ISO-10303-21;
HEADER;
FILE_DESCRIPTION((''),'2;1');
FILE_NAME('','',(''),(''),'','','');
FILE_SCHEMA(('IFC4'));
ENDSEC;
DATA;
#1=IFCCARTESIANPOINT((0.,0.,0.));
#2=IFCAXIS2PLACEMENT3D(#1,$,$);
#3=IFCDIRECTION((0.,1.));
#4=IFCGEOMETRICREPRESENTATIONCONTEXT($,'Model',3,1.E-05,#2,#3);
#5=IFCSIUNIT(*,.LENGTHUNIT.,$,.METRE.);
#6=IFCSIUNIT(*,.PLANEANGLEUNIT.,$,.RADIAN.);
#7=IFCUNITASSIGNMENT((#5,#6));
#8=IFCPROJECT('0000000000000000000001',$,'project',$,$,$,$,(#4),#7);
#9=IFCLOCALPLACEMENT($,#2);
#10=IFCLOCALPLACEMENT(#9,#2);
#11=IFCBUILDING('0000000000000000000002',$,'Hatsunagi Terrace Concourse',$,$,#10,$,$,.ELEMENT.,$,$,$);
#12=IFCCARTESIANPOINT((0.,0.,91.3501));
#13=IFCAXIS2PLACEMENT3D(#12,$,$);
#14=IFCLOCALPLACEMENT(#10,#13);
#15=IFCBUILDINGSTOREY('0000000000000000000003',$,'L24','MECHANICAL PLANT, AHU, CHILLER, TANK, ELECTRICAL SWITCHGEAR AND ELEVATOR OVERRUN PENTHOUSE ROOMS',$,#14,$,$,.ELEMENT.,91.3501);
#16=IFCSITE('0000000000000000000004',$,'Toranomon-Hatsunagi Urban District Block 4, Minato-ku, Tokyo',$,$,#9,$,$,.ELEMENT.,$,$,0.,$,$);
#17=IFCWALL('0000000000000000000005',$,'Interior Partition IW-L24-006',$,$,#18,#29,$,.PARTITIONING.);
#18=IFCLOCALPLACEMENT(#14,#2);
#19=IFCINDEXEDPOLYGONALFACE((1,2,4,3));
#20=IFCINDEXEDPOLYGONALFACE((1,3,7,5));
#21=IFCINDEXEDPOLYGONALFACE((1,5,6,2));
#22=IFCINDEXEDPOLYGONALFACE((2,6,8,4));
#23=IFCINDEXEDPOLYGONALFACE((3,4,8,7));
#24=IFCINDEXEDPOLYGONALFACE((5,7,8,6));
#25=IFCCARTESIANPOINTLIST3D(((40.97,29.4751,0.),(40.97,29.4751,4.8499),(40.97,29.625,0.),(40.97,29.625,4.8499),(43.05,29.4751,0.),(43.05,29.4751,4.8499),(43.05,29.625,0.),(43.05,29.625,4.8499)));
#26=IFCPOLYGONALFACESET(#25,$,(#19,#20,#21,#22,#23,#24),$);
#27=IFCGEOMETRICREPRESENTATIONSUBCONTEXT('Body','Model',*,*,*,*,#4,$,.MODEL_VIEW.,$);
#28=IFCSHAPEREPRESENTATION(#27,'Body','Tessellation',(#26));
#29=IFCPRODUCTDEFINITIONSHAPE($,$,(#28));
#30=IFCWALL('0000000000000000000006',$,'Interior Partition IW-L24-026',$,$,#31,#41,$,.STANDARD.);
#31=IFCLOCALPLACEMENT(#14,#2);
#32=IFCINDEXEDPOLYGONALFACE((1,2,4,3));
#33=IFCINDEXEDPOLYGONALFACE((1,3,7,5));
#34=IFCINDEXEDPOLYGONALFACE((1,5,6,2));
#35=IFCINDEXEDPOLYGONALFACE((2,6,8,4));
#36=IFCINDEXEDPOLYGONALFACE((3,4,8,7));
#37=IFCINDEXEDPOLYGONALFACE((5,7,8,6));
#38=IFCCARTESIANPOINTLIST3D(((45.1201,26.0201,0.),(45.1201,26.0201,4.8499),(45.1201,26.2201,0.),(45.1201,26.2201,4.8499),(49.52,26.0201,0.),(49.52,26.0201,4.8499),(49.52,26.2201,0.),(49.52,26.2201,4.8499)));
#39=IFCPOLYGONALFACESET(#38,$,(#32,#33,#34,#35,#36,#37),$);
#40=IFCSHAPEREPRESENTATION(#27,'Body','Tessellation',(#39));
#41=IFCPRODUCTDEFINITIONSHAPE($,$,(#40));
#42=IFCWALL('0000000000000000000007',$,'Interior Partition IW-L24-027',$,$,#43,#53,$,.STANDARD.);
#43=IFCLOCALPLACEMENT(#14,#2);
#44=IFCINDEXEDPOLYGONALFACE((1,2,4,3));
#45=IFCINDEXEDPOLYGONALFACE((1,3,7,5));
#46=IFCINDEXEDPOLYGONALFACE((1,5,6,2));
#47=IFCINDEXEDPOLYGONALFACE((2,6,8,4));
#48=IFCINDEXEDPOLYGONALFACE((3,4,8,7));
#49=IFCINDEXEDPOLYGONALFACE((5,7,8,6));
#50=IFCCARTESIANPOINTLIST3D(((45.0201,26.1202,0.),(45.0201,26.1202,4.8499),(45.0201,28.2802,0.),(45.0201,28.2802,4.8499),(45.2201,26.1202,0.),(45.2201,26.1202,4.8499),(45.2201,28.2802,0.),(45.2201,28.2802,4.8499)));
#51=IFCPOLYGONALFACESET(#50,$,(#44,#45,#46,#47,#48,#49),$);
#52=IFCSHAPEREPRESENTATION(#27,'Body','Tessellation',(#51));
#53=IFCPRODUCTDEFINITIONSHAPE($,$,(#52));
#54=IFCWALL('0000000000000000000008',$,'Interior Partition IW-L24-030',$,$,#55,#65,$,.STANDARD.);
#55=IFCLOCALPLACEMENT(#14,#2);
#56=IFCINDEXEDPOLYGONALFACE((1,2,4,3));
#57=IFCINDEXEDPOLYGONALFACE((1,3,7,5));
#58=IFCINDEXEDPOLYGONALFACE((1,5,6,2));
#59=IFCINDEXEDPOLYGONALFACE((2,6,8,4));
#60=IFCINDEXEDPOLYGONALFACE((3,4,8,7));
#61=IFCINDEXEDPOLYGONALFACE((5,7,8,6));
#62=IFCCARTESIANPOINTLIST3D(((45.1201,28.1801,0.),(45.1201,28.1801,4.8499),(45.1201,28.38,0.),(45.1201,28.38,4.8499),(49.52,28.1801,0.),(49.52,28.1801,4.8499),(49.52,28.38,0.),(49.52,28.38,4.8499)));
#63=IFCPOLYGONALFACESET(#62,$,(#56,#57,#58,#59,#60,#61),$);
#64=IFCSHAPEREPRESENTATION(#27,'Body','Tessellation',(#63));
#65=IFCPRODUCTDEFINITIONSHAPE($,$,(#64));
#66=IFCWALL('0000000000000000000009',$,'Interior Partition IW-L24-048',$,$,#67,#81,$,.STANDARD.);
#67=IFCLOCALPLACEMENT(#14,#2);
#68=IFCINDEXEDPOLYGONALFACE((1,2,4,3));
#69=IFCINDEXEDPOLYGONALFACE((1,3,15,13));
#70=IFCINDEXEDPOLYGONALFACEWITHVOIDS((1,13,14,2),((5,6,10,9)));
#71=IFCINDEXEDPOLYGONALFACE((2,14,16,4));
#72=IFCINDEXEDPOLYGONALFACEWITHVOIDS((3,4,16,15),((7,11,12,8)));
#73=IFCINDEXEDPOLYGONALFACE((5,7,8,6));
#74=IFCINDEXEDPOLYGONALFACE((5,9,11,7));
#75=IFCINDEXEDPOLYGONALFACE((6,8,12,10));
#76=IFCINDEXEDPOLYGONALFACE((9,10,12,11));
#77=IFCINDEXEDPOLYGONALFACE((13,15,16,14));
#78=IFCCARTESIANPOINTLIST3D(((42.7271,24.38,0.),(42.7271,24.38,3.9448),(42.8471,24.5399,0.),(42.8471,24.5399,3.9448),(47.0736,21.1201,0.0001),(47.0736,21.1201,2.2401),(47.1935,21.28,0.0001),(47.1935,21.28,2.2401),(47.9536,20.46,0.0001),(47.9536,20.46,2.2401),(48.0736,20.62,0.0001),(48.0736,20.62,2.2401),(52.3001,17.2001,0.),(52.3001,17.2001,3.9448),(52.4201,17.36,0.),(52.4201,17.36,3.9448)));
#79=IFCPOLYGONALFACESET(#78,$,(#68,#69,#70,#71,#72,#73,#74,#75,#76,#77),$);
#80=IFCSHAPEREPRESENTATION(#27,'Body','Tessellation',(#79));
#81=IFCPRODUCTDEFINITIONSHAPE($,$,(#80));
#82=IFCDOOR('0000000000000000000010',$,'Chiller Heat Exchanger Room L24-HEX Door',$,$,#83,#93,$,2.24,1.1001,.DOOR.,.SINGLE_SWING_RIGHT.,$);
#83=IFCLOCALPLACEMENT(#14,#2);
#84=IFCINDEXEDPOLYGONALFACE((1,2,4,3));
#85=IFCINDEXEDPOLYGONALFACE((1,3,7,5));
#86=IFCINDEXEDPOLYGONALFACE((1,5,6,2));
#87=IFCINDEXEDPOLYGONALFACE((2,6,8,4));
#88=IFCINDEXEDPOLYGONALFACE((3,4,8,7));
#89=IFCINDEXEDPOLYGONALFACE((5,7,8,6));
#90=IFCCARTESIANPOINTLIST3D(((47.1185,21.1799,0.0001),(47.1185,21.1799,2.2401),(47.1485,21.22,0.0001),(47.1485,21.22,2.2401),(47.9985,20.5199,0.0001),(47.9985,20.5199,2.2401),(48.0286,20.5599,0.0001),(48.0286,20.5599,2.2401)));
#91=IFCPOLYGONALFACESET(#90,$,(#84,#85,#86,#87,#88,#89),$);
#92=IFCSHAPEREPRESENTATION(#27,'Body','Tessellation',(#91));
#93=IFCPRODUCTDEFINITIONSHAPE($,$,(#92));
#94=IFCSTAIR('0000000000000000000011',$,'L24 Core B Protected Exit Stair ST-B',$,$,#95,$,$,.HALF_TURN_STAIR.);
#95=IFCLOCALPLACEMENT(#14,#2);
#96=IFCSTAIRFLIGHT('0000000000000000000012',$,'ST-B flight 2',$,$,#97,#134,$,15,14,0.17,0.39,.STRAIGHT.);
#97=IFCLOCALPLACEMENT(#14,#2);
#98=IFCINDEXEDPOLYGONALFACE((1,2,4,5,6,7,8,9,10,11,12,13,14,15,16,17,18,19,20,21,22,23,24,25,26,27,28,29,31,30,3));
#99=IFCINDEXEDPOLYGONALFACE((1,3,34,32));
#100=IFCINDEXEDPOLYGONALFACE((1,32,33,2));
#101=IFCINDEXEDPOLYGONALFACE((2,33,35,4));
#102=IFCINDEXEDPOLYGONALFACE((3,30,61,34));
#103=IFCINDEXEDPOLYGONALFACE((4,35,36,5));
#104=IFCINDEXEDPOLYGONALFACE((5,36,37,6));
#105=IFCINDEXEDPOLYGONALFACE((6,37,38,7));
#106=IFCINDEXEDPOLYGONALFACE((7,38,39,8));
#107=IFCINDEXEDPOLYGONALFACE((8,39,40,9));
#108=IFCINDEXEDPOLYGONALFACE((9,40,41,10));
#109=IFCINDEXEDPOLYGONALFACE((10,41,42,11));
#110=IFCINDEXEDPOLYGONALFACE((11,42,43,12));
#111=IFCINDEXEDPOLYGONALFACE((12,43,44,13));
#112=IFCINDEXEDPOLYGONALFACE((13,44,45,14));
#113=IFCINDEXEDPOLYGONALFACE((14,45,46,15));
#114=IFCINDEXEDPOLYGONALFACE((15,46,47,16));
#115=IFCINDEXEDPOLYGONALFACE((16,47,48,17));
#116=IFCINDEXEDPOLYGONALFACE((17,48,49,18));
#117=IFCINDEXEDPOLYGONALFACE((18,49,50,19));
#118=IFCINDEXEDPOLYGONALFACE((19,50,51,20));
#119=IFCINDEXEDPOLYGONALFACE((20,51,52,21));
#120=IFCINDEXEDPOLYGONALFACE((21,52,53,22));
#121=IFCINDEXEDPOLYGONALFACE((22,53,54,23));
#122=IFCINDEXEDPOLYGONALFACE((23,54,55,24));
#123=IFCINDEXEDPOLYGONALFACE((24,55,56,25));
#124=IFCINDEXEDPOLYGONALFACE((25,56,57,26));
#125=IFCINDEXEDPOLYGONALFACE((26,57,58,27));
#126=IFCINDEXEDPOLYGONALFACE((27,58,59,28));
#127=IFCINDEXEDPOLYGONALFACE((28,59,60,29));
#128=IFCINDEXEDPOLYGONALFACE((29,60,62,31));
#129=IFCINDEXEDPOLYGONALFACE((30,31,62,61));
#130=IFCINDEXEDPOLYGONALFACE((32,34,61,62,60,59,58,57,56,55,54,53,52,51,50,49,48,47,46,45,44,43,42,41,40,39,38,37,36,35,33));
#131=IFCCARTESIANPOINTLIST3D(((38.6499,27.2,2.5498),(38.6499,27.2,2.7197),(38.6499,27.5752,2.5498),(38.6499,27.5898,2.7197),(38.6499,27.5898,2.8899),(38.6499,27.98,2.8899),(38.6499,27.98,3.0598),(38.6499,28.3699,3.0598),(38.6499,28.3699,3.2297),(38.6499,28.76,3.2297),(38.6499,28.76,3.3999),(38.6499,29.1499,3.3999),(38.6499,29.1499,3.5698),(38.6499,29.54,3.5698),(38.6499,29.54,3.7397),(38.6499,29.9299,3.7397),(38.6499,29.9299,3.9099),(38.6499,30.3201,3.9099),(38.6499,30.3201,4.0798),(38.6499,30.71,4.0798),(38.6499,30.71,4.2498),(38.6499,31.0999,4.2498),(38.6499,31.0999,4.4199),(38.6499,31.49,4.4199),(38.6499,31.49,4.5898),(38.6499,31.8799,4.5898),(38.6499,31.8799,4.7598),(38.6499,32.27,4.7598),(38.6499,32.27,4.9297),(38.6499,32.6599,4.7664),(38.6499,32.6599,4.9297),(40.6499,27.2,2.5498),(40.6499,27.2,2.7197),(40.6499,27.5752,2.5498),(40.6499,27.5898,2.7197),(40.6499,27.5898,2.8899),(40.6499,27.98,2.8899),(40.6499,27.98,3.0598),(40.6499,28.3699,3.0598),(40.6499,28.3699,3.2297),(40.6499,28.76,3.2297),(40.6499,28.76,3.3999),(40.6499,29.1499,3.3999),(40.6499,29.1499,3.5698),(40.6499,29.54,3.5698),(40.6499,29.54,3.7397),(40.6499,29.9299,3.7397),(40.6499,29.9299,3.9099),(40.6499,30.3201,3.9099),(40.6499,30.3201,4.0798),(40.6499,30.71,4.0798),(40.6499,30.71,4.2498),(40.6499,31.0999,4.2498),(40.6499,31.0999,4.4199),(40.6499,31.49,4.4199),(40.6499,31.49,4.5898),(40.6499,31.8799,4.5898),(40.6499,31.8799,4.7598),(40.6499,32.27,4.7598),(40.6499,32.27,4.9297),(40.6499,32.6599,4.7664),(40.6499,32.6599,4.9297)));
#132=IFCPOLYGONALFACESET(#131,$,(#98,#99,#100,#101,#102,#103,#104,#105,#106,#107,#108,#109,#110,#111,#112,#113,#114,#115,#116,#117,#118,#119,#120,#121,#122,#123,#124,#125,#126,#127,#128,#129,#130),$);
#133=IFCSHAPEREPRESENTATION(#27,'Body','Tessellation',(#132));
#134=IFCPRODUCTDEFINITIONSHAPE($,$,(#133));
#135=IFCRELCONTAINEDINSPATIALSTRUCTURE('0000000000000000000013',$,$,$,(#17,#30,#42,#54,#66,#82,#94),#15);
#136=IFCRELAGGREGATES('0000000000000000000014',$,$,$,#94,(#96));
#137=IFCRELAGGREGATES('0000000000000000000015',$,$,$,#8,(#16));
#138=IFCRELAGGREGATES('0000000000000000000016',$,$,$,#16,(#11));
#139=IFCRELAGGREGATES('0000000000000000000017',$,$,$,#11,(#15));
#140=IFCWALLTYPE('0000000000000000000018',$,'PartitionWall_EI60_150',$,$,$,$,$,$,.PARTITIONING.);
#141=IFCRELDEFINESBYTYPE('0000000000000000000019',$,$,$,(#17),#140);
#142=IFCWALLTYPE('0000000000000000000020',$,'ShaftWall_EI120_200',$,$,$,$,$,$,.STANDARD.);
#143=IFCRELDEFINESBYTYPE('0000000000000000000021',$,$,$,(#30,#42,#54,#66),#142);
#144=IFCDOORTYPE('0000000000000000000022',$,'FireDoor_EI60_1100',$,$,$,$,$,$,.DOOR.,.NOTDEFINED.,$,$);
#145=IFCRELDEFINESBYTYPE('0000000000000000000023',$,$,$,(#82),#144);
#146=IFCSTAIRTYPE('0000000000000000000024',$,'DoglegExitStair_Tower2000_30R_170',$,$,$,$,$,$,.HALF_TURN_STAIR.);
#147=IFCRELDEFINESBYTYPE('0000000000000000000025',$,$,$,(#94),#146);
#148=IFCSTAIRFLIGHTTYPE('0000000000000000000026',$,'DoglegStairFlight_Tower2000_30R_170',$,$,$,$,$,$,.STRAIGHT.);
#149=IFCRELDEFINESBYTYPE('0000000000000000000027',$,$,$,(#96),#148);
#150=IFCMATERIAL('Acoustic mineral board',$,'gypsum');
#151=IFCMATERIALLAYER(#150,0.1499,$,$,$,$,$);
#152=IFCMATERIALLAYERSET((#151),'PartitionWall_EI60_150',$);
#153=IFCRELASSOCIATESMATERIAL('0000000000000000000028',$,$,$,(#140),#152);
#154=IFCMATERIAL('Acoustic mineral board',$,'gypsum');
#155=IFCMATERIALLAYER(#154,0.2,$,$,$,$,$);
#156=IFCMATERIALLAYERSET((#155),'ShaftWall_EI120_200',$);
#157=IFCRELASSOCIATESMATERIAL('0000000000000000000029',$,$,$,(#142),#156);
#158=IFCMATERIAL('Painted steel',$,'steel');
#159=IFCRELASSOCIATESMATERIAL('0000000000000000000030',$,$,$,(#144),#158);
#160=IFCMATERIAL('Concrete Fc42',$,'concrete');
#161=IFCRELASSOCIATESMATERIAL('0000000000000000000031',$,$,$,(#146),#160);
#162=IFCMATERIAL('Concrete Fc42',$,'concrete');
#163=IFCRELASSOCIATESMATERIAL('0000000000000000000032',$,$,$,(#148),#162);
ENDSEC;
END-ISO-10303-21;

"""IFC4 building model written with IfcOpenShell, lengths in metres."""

from ifc_helpers import new_model, si_unit, direction, frame, frame_2d, origin, place, context, subcontext, project, spatial, polyline, rectangle, outline, extrude, material, layer, layer_set, type_object, element, fill, aggregate, save


model = new_model("IFC4")

# Units and contexts
model_context = context("Model", 3, precision=1e-05, world=origin(), true_north=direction((0.0, 1.0)))
body_context = subcontext(model_context, "Body", "Model", "MODEL_VIEW")
ifc_project = project(units=[si_unit("LENGTHUNIT", "METRE"), si_unit("PLANEANGLEUNIT", "RADIAN")], contexts=[model_context])

# Site, building, storey
site_placement = place(None, origin())
site = spatial("IfcSite", under=ifc_project, at=site_placement, Name="Toranomon-Hatsunagi Urban District Block 4, Minato-ku, Tokyo", CompositionType="ELEMENT", RefElevation=0.0)
building_placement = place(site_placement, origin())
building = spatial("IfcBuilding", under=site, at=building_placement, Name="Hatsunagi Terrace Concourse", CompositionType="ELEMENT")
storey_placement = place(building_placement, frame((0.0, 0.0, 91.3501)))
storey = spatial("IfcBuildingStorey", under=building, at=storey_placement, Name="L24", Description="MECHANICAL PLANT, AHU, CHILLER, TANK, ELECTRICAL SWITCHGEAR AND ELEVATOR OVERRUN PENTHOUSE ROOMS", CompositionType="ELEMENT", Elevation=91.3501)

# Walls
ifc_material_1 = material(Name="Acoustic mineral board", Category="gypsum")
ifc_layer_1 = layer(ifc_material_1, 0.1499)
ifc_layer_set_1 = layer_set([ifc_layer_1], Name="PartitionWall_EI60_150")
wall_type_1 = type_object("IfcWallType", Name="PartitionWall_EI60_150", PredefinedType="PARTITIONING", material=ifc_layer_set_1)
for number, where, z_axis, x_axis, name in (
    (1, (40.97, 29.55, 0.0), (0.0, 0.0, 1.0), (1.0, 0.0, 0.0), "Interior Partition IW-L24-006"),
):
    element("IfcWall", number, at=place(storey_placement, frame(where, z_axis=z_axis, x_axis=x_axis)), inside=storey, type_object=wall_type_1, Name=name, PredefinedType="PARTITIONING", context=body_context, shape_type="SweptSolid", body=[
        extrude(rectangle(XDim=2.0801, YDim=0.1499, at=frame_2d((1.04, 0.0))), origin(), (0.0, 0.0, 1.0), 4.8499),
    ])
ifc_material_2 = material(Name="Acoustic mineral board", Category="gypsum")
ifc_layer_2 = layer(ifc_material_2, 0.2)
ifc_layer_set_2 = layer_set([ifc_layer_2], Name="ShaftWall_EI120_200")
wall_type_2 = type_object("IfcWallType", Name="ShaftWall_EI120_200", PredefinedType="STANDARD", material=ifc_layer_set_2)
wall_1_placement = place(storey_placement, frame((45.1201, 26.1201, 0.0), z_axis=(0.0, 0.0, 1.0), x_axis=(1.0, 0.0, 0.0)))
element("IfcWall", 2, at=wall_1_placement, inside=storey, type_object=wall_type_2, Name="Interior Partition IW-L24-026", PredefinedType="STANDARD", context=body_context, shape_type="SweptSolid", body=[
    extrude(rectangle(XDim=4.3999, YDim=0.2, at=frame_2d((2.2, 0.0))), origin(), (0.0, 0.0, 1.0), 4.8499),
])
wall_2_placement = place(storey_placement, frame((45.1201, 26.1201, 0.0), z_axis=(0.0, 0.0, 1.0), x_axis=(0.0, 1.0, 0.0)))
element("IfcWall", 3, at=wall_2_placement, inside=storey, type_object=wall_type_2, Name="Interior Partition IW-L24-027", PredefinedType="STANDARD", context=body_context, shape_type="SweptSolid", body=[
    extrude(rectangle(XDim=2.1599, YDim=0.2, at=frame_2d((1.0801, 0.0))), origin(), (0.0, 0.0, 1.0), 4.8499),
])
wall_3_placement = place(storey_placement, frame((45.1201, 28.28, 0.0), z_axis=(0.0, 0.0, 1.0), x_axis=(1.0, 0.0, 0.0)))
element("IfcWall", 4, at=wall_3_placement, inside=storey, type_object=wall_type_2, Name="Interior Partition IW-L24-030", PredefinedType="STANDARD", context=body_context, shape_type="SweptSolid", body=[
    extrude(rectangle(XDim=4.3999, YDim=0.2, at=frame_2d((2.2, 0.0))), origin(), (0.0, 0.0, 1.0), 4.8499),
])

# Wall, opening, door
wall_4_placement = place(storey_placement, frame((42.7871, 24.46, 0.0), z_axis=(0.0, 0.0, 1.0), x_axis=(0.799993, -0.60001, 0.0)))
wall_4 = element("IfcWall", 5, at=wall_4_placement, inside=storey, type_object=wall_type_2, Name="Interior Partition IW-L24-048", PredefinedType="STANDARD", context=body_context, shape_type="SweptSolid", body=[
    extrude(rectangle(XDim=11.9663, YDim=0.2, at=frame_2d((5.9832, 0.0))), origin(), (0.0, 0.0, 1.0), 3.9448),
])
opening_1_placement = place(wall_4_placement, frame((5.4331, 0.0, 0.0)))
opening_1 = element("IfcOpeningElement", 6, at=opening_1_placement, cuts=wall_4, PredefinedType="OPENING", context=body_context, shape_type="SweptSolid", body=[
    extrude(rectangle(XDim=1.1001, YDim=2.24, at=frame_2d((0.55, 1.1201))), frame((0.0, 0.1099, 0.0), z_axis=(0.0, -1.0, 0.0), x_axis=(1.0, 0.0, 0.0)), (0.0, 0.0, 1.0), 0.22),
])
ifc_material_3 = material(Name="Painted steel", Category="steel")
door_type_1 = type_object("IfcDoorType", Name="FireDoor_EI60_1100", OperationType="NOTDEFINED", PredefinedType="DOOR", material=ifc_material_3)
door_1_placement = place(opening_1_placement, origin())
door_1 = element("IfcDoor", 7, at=door_1_placement, inside=storey, type_object=door_type_1, Name="Chiller Heat Exchanger Room L24-HEX Door", OperationType="SINGLE_SWING_RIGHT", OverallHeight=2.24, OverallWidth=1.1001, PredefinedType="DOOR", context=body_context, shape_type="SweptSolid", body=[
    extrude(rectangle(XDim=1.1001, YDim=2.24, at=frame_2d((0.55, 1.1201))), frame((0.0, 0.0249, 0.0), z_axis=(0.0, -1.0, 0.0), x_axis=(1.0, 0.0, 0.0)), (0.0, 0.0, 1.0), 0.05),
])
fill(opening_1, door_1)

# Stair, stair flight
ifc_material_4 = material(Name="Concrete Fc42", Category="concrete")
stair_type = type_object("IfcStairType", Name="DoglegExitStair_Tower2000_30R_170", PredefinedType="HALF_TURN_STAIR", material=ifc_material_4)
stair_placement = place(storey_placement, origin())
stair = element("IfcStair", 8, at=stair_placement, inside=storey, type_object=stair_type, Name="L24 Core B Protected Exit Stair ST-B", PredefinedType="HALF_TURN_STAIR")
ifc_material_5 = material(Name="Concrete Fc42", Category="concrete")
stair_flight_type = type_object("IfcStairFlightType", Name="DoglegStairFlight_Tower2000_30R_170", PredefinedType="STRAIGHT", material=ifc_material_5)
stair_flight_placement = place(storey_placement, frame((39.6499, 27.2, 2.5498), z_axis=(0.0, 0.0, 1.0), x_axis=(0.0, 1.0, 0.0)))
stair_flight = element("IfcStairFlight", 9, at=stair_flight_placement, type_object=stair_flight_type, Name="ST-B flight 2", NumberOfRisers=15, NumberOfTreads=14, PredefinedType="STRAIGHT", RiserHeight=0.17, TreadLength=0.39, context=body_context, shape_type="SweptSolid", body=[
    extrude(outline(polyline([(0.0, 0.0), (0.0, 0.1699), (0.3899, 0.1699), (0.3899, 0.3401), (0.78, 0.3401), (0.78, 0.51), (1.1699, 0.51), (1.1699, 0.6799), (1.5601, 0.6799), (1.5601, 0.8501), (1.95, 0.8501), (1.95, 1.02), (2.3401, 1.02), (2.3401, 1.1899), (2.73, 1.1899), (2.73, 1.3601), (3.1201, 1.3601), (3.1201, 1.53), (3.51, 1.53), (3.51, 1.7), (3.8999, 1.7), (3.8999, 1.8701), (4.29, 1.8701), (4.29, 2.04), (4.6799, 2.04), (4.6799, 2.21), (5.0701, 2.21), (5.0701, 2.3799), (5.46, 2.3799), (5.46, 2.55), (5.46, 2.2166), (0.3752, 0.0), (0.0, 0.0)])), frame((0.0, 1.0, 0.0), z_axis=(0.0, -1.0, 0.0), x_axis=(1.0, 0.0, 0.0)), (0.0, 0.0, 1.0), 2.0),
])
aggregate(stair, [stair_flight])

save(model, "model.ifc")
